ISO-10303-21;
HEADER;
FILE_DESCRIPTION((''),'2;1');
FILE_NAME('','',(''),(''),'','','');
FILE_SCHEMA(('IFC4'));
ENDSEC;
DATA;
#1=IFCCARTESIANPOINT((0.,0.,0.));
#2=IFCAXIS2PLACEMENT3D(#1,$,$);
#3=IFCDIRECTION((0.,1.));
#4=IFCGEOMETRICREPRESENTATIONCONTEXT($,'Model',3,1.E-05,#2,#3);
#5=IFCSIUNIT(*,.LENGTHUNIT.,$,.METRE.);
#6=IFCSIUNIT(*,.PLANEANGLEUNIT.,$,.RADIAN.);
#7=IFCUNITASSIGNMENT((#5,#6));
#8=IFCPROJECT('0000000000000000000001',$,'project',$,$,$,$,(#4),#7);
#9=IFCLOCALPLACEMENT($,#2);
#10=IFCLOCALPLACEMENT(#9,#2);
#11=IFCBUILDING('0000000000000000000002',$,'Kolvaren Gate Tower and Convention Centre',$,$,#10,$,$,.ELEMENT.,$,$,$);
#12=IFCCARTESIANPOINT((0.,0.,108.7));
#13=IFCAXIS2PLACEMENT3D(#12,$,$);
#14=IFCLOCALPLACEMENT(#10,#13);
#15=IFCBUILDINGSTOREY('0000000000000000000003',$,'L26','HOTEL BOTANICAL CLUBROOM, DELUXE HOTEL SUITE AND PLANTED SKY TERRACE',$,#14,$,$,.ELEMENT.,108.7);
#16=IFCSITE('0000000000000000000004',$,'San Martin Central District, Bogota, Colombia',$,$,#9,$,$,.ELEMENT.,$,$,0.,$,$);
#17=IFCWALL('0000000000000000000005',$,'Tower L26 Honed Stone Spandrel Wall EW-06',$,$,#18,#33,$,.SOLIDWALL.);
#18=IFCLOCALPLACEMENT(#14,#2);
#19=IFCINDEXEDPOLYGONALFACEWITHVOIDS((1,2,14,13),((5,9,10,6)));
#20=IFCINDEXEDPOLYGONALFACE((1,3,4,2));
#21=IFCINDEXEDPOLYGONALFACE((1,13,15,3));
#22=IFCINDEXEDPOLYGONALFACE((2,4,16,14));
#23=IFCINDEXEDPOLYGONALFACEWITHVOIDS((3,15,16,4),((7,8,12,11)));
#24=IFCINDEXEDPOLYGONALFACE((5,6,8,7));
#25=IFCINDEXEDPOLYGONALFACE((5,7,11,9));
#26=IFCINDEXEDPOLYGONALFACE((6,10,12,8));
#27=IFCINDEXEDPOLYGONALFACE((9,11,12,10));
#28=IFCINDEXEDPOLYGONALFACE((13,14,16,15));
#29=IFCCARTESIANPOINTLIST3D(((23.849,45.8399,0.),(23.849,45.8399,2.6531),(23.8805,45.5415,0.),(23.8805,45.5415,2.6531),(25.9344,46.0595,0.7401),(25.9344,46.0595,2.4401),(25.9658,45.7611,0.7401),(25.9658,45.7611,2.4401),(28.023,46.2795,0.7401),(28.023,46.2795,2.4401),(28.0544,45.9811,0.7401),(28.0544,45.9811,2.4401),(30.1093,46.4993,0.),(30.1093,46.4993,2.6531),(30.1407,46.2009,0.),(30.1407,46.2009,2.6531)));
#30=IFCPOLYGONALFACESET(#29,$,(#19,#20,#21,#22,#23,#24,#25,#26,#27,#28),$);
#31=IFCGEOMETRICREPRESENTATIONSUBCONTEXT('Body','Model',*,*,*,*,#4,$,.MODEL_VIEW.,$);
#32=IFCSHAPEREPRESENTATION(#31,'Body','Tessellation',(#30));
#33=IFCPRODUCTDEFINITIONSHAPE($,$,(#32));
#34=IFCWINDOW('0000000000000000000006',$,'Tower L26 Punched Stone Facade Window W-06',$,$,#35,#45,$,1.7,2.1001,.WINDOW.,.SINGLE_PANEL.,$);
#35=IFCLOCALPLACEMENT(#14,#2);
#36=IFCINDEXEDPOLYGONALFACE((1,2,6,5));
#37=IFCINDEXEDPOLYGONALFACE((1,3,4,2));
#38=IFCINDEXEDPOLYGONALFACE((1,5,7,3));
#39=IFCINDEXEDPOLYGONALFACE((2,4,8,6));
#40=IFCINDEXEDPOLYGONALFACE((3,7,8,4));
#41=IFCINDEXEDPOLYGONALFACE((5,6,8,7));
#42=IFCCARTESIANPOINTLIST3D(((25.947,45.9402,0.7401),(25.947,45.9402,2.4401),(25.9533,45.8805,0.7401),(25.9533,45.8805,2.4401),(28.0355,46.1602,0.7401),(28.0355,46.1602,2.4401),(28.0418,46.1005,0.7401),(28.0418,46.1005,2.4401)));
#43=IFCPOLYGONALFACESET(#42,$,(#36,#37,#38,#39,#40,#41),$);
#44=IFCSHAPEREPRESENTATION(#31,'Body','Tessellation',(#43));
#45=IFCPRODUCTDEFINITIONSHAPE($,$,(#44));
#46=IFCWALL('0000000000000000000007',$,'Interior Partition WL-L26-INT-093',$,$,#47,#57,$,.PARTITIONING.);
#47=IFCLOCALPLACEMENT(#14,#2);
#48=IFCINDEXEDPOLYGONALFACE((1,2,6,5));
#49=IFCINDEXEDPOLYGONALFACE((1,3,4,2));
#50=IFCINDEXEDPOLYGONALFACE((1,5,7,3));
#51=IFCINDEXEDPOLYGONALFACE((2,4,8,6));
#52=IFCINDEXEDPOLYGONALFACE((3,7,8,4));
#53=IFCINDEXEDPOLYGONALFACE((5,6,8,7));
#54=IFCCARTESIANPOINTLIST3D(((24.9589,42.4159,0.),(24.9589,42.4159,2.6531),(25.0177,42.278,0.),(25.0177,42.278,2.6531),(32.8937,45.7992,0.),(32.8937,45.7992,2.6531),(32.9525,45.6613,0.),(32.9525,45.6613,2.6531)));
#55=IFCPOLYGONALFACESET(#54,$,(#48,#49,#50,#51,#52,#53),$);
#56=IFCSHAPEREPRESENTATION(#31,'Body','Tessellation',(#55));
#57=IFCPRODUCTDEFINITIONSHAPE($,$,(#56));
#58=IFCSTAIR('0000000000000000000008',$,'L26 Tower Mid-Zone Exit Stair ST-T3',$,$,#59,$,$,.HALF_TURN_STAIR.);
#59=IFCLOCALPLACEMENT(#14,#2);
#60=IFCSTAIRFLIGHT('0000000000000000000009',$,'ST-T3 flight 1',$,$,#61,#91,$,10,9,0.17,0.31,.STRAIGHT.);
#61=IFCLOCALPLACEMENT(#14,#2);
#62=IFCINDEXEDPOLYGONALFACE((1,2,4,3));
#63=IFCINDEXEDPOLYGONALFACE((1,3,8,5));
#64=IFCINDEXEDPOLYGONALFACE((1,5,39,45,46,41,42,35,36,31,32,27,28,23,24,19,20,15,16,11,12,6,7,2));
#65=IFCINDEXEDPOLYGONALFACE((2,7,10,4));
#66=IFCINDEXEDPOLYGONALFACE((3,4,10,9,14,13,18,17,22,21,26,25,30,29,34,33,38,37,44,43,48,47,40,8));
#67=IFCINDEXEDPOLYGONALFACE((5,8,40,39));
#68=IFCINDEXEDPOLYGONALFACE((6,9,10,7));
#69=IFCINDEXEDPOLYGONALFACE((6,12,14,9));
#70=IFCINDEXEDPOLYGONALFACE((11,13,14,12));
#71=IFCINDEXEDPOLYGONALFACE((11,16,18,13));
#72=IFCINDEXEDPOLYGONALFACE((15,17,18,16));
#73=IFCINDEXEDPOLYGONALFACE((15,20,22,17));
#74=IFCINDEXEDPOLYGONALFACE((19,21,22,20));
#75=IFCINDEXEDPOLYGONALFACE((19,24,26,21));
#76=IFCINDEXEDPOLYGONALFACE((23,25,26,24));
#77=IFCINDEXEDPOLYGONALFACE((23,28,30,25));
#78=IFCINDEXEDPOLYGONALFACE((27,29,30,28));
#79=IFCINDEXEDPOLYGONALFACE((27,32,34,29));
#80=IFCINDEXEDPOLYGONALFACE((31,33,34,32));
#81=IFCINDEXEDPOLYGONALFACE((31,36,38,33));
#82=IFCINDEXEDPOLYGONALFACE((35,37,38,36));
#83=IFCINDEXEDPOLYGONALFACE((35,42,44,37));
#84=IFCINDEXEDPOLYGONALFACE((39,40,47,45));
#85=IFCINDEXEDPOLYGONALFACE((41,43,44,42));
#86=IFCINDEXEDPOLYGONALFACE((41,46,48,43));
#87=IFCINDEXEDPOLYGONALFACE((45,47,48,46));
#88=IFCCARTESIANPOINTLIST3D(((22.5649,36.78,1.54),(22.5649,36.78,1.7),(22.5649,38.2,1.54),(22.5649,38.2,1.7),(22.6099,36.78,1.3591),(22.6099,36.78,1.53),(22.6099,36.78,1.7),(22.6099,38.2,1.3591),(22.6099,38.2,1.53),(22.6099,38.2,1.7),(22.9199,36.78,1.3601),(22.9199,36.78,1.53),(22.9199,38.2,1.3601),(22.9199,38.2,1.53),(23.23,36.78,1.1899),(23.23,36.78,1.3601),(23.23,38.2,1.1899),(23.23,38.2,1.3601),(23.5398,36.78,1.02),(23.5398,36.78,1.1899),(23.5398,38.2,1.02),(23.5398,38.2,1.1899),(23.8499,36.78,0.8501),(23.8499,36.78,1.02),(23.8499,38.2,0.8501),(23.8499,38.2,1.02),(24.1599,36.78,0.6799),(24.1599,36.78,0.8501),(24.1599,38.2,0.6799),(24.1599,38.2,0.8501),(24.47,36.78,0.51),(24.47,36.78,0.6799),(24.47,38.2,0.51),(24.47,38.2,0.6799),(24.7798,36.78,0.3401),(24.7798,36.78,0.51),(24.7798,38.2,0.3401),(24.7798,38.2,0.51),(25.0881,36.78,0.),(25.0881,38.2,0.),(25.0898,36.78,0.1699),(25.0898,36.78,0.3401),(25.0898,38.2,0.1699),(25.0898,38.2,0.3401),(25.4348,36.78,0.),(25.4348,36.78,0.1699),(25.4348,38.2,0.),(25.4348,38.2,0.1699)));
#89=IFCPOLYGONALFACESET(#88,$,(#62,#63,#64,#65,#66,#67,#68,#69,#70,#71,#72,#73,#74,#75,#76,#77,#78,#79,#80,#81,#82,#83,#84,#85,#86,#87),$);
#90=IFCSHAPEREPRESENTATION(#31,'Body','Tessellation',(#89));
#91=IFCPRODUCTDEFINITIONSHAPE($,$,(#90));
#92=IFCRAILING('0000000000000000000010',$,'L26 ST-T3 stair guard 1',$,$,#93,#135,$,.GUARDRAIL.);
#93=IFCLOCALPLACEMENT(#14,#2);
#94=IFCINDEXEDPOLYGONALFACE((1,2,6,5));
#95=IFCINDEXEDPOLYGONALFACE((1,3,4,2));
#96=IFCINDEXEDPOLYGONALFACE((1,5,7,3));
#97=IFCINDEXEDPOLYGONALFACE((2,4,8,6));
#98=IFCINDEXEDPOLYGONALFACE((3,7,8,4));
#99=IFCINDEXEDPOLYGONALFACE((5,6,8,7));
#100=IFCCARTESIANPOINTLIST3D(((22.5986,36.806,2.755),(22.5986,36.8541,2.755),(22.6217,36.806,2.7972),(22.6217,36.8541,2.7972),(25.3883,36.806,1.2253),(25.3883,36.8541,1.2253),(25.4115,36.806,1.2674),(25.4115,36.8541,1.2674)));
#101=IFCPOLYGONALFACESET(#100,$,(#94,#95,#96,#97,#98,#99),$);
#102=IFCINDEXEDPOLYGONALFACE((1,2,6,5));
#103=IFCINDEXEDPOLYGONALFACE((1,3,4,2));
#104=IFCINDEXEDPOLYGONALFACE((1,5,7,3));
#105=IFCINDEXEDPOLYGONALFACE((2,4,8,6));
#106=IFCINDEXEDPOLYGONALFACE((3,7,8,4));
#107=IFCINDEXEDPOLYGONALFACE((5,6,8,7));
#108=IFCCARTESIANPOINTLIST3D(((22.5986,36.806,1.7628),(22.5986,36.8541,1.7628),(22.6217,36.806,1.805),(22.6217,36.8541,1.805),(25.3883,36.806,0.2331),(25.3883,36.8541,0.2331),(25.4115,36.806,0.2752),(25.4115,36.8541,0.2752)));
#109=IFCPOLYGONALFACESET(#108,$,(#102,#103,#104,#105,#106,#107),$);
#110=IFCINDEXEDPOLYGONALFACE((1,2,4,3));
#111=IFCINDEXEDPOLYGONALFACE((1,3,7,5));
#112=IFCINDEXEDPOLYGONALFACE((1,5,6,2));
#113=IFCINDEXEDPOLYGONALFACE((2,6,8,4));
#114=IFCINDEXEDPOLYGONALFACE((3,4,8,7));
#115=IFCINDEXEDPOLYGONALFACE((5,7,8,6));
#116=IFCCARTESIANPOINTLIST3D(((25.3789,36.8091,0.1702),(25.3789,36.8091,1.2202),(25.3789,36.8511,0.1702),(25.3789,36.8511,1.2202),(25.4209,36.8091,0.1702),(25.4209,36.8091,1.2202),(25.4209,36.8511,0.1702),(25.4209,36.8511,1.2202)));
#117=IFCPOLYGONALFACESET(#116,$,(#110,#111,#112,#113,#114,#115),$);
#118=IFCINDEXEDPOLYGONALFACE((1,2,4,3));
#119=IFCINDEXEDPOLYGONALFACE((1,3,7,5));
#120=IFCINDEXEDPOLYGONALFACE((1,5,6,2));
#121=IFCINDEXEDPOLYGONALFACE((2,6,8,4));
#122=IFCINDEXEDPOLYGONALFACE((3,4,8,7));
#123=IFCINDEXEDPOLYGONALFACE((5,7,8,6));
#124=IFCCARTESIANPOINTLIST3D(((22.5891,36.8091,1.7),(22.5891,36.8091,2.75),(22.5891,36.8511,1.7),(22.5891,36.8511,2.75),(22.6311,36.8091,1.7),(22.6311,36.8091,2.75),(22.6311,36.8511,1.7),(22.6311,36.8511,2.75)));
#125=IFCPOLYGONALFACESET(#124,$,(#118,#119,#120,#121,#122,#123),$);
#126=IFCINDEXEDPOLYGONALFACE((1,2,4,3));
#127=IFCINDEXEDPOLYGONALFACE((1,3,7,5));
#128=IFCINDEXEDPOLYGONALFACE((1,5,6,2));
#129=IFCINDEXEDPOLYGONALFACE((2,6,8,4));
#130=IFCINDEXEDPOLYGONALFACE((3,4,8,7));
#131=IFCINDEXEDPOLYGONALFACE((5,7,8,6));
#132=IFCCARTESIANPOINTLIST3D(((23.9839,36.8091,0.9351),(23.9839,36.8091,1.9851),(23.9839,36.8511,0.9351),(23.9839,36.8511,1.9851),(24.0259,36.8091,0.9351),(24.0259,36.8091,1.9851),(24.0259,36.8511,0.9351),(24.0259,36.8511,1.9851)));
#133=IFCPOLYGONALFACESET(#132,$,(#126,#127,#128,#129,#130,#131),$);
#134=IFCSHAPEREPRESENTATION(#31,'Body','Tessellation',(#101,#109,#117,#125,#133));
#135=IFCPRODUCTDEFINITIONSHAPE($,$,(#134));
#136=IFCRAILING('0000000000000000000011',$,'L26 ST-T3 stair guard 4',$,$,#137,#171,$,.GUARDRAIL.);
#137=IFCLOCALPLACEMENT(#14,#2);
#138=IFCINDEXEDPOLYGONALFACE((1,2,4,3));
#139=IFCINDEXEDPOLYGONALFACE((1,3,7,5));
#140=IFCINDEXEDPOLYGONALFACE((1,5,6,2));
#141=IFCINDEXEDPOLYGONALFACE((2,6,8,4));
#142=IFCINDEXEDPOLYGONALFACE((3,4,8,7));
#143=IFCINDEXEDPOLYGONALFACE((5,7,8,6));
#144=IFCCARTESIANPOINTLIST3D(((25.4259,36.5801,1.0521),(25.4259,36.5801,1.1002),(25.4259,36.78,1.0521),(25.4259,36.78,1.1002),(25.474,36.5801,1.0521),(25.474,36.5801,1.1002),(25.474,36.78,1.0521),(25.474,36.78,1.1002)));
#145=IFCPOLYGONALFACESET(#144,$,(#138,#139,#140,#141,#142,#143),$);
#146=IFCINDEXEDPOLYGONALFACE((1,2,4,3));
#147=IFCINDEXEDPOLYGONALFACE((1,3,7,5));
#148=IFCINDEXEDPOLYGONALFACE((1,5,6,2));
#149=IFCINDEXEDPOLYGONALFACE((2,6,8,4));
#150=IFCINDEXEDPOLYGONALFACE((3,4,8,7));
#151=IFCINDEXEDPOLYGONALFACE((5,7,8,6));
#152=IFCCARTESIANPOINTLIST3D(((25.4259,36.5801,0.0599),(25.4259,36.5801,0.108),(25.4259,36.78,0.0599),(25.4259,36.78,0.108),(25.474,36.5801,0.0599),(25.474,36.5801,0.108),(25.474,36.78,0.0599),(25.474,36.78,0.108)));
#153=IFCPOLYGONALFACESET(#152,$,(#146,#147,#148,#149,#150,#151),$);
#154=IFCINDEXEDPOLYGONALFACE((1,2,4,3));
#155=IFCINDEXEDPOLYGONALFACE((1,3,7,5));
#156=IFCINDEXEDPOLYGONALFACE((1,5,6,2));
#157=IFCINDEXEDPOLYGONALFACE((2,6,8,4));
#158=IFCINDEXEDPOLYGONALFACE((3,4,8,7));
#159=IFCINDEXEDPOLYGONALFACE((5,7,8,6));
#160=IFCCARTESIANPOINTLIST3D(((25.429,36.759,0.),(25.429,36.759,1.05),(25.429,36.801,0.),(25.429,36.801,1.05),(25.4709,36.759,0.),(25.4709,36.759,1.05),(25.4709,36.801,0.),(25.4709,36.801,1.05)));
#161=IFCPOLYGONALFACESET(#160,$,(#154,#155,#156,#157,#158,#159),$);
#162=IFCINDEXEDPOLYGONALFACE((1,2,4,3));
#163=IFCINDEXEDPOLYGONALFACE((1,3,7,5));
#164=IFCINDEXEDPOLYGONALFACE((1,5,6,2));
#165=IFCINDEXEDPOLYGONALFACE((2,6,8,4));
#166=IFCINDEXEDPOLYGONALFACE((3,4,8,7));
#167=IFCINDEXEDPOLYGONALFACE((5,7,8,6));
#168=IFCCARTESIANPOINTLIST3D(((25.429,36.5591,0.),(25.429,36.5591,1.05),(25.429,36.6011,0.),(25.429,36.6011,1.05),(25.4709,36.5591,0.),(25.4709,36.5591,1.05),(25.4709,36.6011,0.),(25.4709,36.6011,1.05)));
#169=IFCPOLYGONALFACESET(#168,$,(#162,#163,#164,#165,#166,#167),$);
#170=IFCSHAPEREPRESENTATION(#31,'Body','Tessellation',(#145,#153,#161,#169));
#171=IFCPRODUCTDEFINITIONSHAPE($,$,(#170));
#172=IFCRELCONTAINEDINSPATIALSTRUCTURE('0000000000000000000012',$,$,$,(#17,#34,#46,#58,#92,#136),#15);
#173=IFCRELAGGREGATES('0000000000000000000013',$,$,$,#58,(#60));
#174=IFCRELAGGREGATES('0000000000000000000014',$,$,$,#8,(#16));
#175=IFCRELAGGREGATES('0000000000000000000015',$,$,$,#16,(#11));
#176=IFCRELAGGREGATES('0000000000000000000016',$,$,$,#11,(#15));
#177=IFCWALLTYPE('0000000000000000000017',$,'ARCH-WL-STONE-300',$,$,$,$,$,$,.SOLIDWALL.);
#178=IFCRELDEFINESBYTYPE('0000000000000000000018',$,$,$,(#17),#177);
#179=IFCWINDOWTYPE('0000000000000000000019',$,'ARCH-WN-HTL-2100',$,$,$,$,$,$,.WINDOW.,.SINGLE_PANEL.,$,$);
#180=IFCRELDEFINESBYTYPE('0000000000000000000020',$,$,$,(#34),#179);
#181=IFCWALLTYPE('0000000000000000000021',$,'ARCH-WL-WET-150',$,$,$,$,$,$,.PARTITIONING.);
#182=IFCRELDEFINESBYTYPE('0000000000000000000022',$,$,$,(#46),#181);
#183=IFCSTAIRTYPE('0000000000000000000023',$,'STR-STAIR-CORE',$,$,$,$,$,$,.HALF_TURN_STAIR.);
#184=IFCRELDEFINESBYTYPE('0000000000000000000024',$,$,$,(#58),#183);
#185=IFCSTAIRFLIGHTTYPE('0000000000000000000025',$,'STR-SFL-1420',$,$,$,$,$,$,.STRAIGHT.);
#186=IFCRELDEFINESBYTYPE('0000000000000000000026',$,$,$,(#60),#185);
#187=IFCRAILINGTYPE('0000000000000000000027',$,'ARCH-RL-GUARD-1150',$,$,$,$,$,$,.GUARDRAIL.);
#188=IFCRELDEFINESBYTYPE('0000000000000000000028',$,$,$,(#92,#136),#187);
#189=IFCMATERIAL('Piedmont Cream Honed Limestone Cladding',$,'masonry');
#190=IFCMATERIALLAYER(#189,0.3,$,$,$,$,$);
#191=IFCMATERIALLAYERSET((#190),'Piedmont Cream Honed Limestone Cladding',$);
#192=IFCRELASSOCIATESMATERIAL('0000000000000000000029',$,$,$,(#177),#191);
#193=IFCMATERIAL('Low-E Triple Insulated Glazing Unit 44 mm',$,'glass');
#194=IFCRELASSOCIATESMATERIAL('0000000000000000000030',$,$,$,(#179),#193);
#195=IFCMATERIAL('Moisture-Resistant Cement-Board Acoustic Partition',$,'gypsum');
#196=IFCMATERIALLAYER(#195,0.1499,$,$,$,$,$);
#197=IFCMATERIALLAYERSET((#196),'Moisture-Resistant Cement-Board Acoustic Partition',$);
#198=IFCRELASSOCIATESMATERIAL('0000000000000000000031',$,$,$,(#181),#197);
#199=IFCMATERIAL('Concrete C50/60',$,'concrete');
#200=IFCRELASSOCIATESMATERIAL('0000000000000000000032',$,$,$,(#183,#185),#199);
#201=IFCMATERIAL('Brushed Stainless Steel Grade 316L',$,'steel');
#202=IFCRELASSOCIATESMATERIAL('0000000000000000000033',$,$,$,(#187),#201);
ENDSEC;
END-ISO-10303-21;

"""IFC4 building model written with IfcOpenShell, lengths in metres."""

from ifc_helpers import new_model, si_unit, direction, frame, frame_2d, origin, origin_2d, place, context, subcontext, project, spatial, polyline, rectangle, outline, extrude, material, layer, layer_set, type_object, element, fill, aggregate, save


model = new_model("IFC4")

# Units and contexts
model_context = context("Model", 3, precision=1e-05, world=origin(), true_north=direction((0.0, 1.0)))
body_context = subcontext(model_context, "Body", "Model", "MODEL_VIEW")
ifc_project = project(units=[si_unit("LENGTHUNIT", "METRE"), si_unit("PLANEANGLEUNIT", "RADIAN")], contexts=[model_context])

# Site, building, storey
site_placement = place(None, origin())
site = spatial("IfcSite", under=ifc_project, at=site_placement, Name="San Martin Central District, Bogota, Colombia", CompositionType="ELEMENT", RefElevation=0.0)
building_placement = place(site_placement, origin())
building = spatial("IfcBuilding", under=site, at=building_placement, Name="Kolvaren Gate Tower and Convention Centre", CompositionType="ELEMENT")
storey_placement = place(building_placement, frame((0.0, 0.0, 108.7)))
storey = spatial("IfcBuildingStorey", under=building, at=storey_placement, Name="L26", Description="HOTEL BOTANICAL CLUBROOM, DELUXE HOTEL SUITE AND PLANTED SKY TERRACE", CompositionType="ELEMENT", Elevation=108.7)

# Wall, opening, window
ifc_material_1 = material(Name="Piedmont Cream Honed Limestone Cladding", Category="masonry")
ifc_layer_1 = layer(ifc_material_1, 0.3)
ifc_layer_set_1 = layer_set([ifc_layer_1], Name="Piedmont Cream Honed Limestone Cladding")
wall_type_1 = type_object("IfcWallType", Name="ARCH-WL-STONE-300", PredefinedType="SOLIDWALL", material=ifc_layer_set_1)
wall_1_placement = place(storey_placement, frame((23.8647, 45.6907, 0.0), z_axis=(0.0, 0.0, 1.0), x_axis=(0.994498, 0.104755, 0.0)))
wall_1 = element("IfcWall", 1, at=wall_1_placement, inside=storey, type_object=wall_type_1, Name="Tower L26 Honed Stone Spandrel Wall EW-06", PredefinedType="SOLIDWALL", context=body_context, shape_type="SweptSolid", body=[
    extrude(rectangle(XDim=6.2949, YDim=0.3, at=frame_2d((3.1475, 0.0))), origin(), (0.0, 0.0, 1.0), 2.6531),
])
opening_1_placement = place(wall_1_placement, frame((2.0969, 0.0, 0.74)))
opening_1 = element("IfcOpeningElement", 2, at=opening_1_placement, cuts=wall_1, PredefinedType="OPENING", context=body_context, shape_type="SweptSolid", body=[
    extrude(rectangle(XDim=2.1001, YDim=1.7, at=frame_2d((1.05, 0.8501))), frame((0.0, 0.1599, 0.0), z_axis=(0.0, -1.0, 0.0), x_axis=(1.0, 0.0, 0.0)), (0.0, 0.0, 1.0), 0.3201),
])
ifc_material_2 = material(Name="Low-E Triple Insulated Glazing Unit 44 mm", Category="glass")
window_type = type_object("IfcWindowType", Name="ARCH-WN-HTL-2100", PartitioningType="SINGLE_PANEL", PredefinedType="WINDOW", material=ifc_material_2)
window_placement = place(opening_1_placement, origin())
window = element("IfcWindow", 3, at=window_placement, inside=storey, type_object=window_type, Name="Tower L26 Punched Stone Facade Window W-06", OverallHeight=1.7, OverallWidth=2.1001, PartitioningType="SINGLE_PANEL", PredefinedType="WINDOW", context=body_context, shape_type="SweptSolid", body=[
    extrude(rectangle(XDim=2.1001, YDim=1.7, at=frame_2d((1.05, 0.8501))), frame((0.0, 0.03, 0.0), z_axis=(0.0, -1.0, 0.0), x_axis=(1.0, 0.0, 0.0)), (0.0, 0.0, 1.0), 0.0601),
])
fill(opening_1, window)

# Wall
ifc_material_3 = material(Name="Moisture-Resistant Cement-Board Acoustic Partition", Category="gypsum")
ifc_layer_2 = layer(ifc_material_3, 0.1499)
ifc_layer_set_2 = layer_set([ifc_layer_2], Name="Moisture-Resistant Cement-Board Acoustic Partition")
wall_type_2 = type_object("IfcWallType", Name="ARCH-WL-WET-150", PredefinedType="PARTITIONING", material=ifc_layer_set_2)
wall_2_placement = place(storey_placement, frame((24.9883, 42.3469, 0.0), z_axis=(0.0, 0.0, 1.0), x_axis=(0.919871, 0.392221, 0.0)))
element("IfcWall", 4, at=wall_2_placement, inside=storey, type_object=wall_type_2, Name="Interior Partition WL-L26-INT-093", PredefinedType="PARTITIONING", context=body_context, shape_type="SweptSolid", body=[
    extrude(rectangle(XDim=8.626, YDim=0.1499, at=frame_2d((4.313, 0.0))), origin(), (0.0, 0.0, 1.0), 2.6531),
])

# Stair, stair flight
ifc_material_4 = material(Name="Concrete C50/60", Category="concrete")
stair_type = type_object("IfcStairType", Name="STR-STAIR-CORE", PredefinedType="HALF_TURN_STAIR", material=ifc_material_4)
stair_placement = place(storey_placement, origin())
stair = element("IfcStair", 5, at=stair_placement, inside=storey, type_object=stair_type, Name="L26 Tower Mid-Zone Exit Stair ST-T3", PredefinedType="HALF_TURN_STAIR")
stair_flight_type = type_object("IfcStairFlightType", Name="STR-SFL-1420", PredefinedType="STRAIGHT", material=ifc_material_4)
stair_flight_placement = place(storey_placement, frame((25.3999, 37.49, 0.0), z_axis=(0.0, 0.0, 1.0), x_axis=(-1.0, 0.0, 0.0)))
stair_flight = element("IfcStairFlight", 6, at=stair_flight_placement, type_object=stair_flight_type, Name="ST-T3 flight 1", NumberOfRisers=10, NumberOfTreads=9, PredefinedType="STRAIGHT", RiserHeight=0.17, TreadLength=0.31, context=body_context, shape_type="SweptSolid", body=[
    extrude(outline(polyline([(-0.0349, 0.0), (-0.0349, 0.1699), (0.3101, 0.1699), (0.3101, 0.3401), (0.6201, 0.3401), (0.6201, 0.51), (0.9299, 0.51), (0.9299, 0.6799), (1.24, 0.6799), (1.24, 0.8501), (1.55, 0.8501), (1.55, 1.02), (1.8601, 1.02), (1.8601, 1.1899), (2.1699, 1.1899), (2.1699, 1.3601), (2.48, 1.3601), (2.48, 1.53), (2.79, 1.53), (2.79, 1.7), (2.835, 1.7), (2.835, 1.54), (2.79, 1.3591), (0.3118, 0.0), (-0.0349, 0.0)])), frame((0.0, 0.71, 0.0), z_axis=(0.0, -1.0, 0.0), x_axis=(1.0, 0.0, 0.0)), (0.0, 0.0, 1.0), 1.4199),
])
aggregate(stair, [stair_flight])

# Railings
ifc_material_5 = material(Name="Brushed Stainless Steel Grade 316L", Category="steel")
railing_type_1 = type_object("IfcRailingType", Name="ARCH-RL-GUARD-1150", PredefinedType="GUARDRAIL", material=ifc_material_5)
railing_1_placement = place(storey_placement, frame((25.3999, 36.8301, 0.1702)))
element("IfcRailing", 7, at=railing_1_placement, inside=storey, type_object=railing_type_1, Name="L26 ST-T3 stair guard 1", PredefinedType="GUARDRAIL", context=body_context, shape_type="SweptSolid", body=[
    extrude(rectangle(XDim=0.0481, YDim=0.0481, at=origin_2d()), frame((0.0, 0.0, 1.0762), z_axis=(-0.876826, 0.0, 0.480808), x_axis=(0.0, -1.0, 0.0)), (0.0, 0.0, 1.0), 3.1816),
    extrude(rectangle(XDim=0.0481, YDim=0.0481, at=origin_2d()), frame((0.0, 0.0, 0.084), z_axis=(-0.876826, 0.0, 0.480808), x_axis=(0.0, -1.0, 0.0)), (0.0, 0.0, 1.0), 3.1816),
    extrude(rectangle(XDim=0.042, YDim=0.042, at=origin_2d()), origin(), (0.0, 0.0, 1.0), 1.05),
    extrude(rectangle(XDim=0.042, YDim=0.042, at=origin_2d()), frame((-2.7898, 0.0, 1.5298)), (0.0, 0.0, 1.0), 1.05),
    extrude(rectangle(XDim=0.042, YDim=0.042, at=origin_2d()), frame((-1.395, 0.0, 0.7649)), (0.0, 0.0, 1.0), 1.05),
])
railing_2_placement = place(storey_placement, frame((25.45, 36.78, 0.0)))
element("IfcRailing", 8, at=railing_2_placement, inside=storey, type_object=railing_type_1, Name="L26 ST-T3 stair guard 4", PredefinedType="GUARDRAIL", context=body_context, shape_type="SweptSolid", body=[
    extrude(rectangle(XDim=0.0481, YDim=0.0481, at=origin_2d()), frame((0.0, 0.0, 1.0762), z_axis=(0.0, -1.0, 0.0), x_axis=(1.0, 0.0, 0.0)), (0.0, 0.0, 1.0), 0.2),
    extrude(rectangle(XDim=0.0481, YDim=0.0481, at=origin_2d()), frame((0.0, 0.0, 0.084), z_axis=(0.0, -1.0, 0.0), x_axis=(1.0, 0.0, 0.0)), (0.0, 0.0, 1.0), 0.2),
    extrude(rectangle(XDim=0.042, YDim=0.042, at=origin_2d()), origin(), (0.0, 0.0, 1.0), 1.05),
    extrude(rectangle(XDim=0.042, YDim=0.042, at=origin_2d()), frame((0.0, -0.2, 0.0)), (0.0, 0.0, 1.0), 1.05),
])

save(model, "model.ifc")
